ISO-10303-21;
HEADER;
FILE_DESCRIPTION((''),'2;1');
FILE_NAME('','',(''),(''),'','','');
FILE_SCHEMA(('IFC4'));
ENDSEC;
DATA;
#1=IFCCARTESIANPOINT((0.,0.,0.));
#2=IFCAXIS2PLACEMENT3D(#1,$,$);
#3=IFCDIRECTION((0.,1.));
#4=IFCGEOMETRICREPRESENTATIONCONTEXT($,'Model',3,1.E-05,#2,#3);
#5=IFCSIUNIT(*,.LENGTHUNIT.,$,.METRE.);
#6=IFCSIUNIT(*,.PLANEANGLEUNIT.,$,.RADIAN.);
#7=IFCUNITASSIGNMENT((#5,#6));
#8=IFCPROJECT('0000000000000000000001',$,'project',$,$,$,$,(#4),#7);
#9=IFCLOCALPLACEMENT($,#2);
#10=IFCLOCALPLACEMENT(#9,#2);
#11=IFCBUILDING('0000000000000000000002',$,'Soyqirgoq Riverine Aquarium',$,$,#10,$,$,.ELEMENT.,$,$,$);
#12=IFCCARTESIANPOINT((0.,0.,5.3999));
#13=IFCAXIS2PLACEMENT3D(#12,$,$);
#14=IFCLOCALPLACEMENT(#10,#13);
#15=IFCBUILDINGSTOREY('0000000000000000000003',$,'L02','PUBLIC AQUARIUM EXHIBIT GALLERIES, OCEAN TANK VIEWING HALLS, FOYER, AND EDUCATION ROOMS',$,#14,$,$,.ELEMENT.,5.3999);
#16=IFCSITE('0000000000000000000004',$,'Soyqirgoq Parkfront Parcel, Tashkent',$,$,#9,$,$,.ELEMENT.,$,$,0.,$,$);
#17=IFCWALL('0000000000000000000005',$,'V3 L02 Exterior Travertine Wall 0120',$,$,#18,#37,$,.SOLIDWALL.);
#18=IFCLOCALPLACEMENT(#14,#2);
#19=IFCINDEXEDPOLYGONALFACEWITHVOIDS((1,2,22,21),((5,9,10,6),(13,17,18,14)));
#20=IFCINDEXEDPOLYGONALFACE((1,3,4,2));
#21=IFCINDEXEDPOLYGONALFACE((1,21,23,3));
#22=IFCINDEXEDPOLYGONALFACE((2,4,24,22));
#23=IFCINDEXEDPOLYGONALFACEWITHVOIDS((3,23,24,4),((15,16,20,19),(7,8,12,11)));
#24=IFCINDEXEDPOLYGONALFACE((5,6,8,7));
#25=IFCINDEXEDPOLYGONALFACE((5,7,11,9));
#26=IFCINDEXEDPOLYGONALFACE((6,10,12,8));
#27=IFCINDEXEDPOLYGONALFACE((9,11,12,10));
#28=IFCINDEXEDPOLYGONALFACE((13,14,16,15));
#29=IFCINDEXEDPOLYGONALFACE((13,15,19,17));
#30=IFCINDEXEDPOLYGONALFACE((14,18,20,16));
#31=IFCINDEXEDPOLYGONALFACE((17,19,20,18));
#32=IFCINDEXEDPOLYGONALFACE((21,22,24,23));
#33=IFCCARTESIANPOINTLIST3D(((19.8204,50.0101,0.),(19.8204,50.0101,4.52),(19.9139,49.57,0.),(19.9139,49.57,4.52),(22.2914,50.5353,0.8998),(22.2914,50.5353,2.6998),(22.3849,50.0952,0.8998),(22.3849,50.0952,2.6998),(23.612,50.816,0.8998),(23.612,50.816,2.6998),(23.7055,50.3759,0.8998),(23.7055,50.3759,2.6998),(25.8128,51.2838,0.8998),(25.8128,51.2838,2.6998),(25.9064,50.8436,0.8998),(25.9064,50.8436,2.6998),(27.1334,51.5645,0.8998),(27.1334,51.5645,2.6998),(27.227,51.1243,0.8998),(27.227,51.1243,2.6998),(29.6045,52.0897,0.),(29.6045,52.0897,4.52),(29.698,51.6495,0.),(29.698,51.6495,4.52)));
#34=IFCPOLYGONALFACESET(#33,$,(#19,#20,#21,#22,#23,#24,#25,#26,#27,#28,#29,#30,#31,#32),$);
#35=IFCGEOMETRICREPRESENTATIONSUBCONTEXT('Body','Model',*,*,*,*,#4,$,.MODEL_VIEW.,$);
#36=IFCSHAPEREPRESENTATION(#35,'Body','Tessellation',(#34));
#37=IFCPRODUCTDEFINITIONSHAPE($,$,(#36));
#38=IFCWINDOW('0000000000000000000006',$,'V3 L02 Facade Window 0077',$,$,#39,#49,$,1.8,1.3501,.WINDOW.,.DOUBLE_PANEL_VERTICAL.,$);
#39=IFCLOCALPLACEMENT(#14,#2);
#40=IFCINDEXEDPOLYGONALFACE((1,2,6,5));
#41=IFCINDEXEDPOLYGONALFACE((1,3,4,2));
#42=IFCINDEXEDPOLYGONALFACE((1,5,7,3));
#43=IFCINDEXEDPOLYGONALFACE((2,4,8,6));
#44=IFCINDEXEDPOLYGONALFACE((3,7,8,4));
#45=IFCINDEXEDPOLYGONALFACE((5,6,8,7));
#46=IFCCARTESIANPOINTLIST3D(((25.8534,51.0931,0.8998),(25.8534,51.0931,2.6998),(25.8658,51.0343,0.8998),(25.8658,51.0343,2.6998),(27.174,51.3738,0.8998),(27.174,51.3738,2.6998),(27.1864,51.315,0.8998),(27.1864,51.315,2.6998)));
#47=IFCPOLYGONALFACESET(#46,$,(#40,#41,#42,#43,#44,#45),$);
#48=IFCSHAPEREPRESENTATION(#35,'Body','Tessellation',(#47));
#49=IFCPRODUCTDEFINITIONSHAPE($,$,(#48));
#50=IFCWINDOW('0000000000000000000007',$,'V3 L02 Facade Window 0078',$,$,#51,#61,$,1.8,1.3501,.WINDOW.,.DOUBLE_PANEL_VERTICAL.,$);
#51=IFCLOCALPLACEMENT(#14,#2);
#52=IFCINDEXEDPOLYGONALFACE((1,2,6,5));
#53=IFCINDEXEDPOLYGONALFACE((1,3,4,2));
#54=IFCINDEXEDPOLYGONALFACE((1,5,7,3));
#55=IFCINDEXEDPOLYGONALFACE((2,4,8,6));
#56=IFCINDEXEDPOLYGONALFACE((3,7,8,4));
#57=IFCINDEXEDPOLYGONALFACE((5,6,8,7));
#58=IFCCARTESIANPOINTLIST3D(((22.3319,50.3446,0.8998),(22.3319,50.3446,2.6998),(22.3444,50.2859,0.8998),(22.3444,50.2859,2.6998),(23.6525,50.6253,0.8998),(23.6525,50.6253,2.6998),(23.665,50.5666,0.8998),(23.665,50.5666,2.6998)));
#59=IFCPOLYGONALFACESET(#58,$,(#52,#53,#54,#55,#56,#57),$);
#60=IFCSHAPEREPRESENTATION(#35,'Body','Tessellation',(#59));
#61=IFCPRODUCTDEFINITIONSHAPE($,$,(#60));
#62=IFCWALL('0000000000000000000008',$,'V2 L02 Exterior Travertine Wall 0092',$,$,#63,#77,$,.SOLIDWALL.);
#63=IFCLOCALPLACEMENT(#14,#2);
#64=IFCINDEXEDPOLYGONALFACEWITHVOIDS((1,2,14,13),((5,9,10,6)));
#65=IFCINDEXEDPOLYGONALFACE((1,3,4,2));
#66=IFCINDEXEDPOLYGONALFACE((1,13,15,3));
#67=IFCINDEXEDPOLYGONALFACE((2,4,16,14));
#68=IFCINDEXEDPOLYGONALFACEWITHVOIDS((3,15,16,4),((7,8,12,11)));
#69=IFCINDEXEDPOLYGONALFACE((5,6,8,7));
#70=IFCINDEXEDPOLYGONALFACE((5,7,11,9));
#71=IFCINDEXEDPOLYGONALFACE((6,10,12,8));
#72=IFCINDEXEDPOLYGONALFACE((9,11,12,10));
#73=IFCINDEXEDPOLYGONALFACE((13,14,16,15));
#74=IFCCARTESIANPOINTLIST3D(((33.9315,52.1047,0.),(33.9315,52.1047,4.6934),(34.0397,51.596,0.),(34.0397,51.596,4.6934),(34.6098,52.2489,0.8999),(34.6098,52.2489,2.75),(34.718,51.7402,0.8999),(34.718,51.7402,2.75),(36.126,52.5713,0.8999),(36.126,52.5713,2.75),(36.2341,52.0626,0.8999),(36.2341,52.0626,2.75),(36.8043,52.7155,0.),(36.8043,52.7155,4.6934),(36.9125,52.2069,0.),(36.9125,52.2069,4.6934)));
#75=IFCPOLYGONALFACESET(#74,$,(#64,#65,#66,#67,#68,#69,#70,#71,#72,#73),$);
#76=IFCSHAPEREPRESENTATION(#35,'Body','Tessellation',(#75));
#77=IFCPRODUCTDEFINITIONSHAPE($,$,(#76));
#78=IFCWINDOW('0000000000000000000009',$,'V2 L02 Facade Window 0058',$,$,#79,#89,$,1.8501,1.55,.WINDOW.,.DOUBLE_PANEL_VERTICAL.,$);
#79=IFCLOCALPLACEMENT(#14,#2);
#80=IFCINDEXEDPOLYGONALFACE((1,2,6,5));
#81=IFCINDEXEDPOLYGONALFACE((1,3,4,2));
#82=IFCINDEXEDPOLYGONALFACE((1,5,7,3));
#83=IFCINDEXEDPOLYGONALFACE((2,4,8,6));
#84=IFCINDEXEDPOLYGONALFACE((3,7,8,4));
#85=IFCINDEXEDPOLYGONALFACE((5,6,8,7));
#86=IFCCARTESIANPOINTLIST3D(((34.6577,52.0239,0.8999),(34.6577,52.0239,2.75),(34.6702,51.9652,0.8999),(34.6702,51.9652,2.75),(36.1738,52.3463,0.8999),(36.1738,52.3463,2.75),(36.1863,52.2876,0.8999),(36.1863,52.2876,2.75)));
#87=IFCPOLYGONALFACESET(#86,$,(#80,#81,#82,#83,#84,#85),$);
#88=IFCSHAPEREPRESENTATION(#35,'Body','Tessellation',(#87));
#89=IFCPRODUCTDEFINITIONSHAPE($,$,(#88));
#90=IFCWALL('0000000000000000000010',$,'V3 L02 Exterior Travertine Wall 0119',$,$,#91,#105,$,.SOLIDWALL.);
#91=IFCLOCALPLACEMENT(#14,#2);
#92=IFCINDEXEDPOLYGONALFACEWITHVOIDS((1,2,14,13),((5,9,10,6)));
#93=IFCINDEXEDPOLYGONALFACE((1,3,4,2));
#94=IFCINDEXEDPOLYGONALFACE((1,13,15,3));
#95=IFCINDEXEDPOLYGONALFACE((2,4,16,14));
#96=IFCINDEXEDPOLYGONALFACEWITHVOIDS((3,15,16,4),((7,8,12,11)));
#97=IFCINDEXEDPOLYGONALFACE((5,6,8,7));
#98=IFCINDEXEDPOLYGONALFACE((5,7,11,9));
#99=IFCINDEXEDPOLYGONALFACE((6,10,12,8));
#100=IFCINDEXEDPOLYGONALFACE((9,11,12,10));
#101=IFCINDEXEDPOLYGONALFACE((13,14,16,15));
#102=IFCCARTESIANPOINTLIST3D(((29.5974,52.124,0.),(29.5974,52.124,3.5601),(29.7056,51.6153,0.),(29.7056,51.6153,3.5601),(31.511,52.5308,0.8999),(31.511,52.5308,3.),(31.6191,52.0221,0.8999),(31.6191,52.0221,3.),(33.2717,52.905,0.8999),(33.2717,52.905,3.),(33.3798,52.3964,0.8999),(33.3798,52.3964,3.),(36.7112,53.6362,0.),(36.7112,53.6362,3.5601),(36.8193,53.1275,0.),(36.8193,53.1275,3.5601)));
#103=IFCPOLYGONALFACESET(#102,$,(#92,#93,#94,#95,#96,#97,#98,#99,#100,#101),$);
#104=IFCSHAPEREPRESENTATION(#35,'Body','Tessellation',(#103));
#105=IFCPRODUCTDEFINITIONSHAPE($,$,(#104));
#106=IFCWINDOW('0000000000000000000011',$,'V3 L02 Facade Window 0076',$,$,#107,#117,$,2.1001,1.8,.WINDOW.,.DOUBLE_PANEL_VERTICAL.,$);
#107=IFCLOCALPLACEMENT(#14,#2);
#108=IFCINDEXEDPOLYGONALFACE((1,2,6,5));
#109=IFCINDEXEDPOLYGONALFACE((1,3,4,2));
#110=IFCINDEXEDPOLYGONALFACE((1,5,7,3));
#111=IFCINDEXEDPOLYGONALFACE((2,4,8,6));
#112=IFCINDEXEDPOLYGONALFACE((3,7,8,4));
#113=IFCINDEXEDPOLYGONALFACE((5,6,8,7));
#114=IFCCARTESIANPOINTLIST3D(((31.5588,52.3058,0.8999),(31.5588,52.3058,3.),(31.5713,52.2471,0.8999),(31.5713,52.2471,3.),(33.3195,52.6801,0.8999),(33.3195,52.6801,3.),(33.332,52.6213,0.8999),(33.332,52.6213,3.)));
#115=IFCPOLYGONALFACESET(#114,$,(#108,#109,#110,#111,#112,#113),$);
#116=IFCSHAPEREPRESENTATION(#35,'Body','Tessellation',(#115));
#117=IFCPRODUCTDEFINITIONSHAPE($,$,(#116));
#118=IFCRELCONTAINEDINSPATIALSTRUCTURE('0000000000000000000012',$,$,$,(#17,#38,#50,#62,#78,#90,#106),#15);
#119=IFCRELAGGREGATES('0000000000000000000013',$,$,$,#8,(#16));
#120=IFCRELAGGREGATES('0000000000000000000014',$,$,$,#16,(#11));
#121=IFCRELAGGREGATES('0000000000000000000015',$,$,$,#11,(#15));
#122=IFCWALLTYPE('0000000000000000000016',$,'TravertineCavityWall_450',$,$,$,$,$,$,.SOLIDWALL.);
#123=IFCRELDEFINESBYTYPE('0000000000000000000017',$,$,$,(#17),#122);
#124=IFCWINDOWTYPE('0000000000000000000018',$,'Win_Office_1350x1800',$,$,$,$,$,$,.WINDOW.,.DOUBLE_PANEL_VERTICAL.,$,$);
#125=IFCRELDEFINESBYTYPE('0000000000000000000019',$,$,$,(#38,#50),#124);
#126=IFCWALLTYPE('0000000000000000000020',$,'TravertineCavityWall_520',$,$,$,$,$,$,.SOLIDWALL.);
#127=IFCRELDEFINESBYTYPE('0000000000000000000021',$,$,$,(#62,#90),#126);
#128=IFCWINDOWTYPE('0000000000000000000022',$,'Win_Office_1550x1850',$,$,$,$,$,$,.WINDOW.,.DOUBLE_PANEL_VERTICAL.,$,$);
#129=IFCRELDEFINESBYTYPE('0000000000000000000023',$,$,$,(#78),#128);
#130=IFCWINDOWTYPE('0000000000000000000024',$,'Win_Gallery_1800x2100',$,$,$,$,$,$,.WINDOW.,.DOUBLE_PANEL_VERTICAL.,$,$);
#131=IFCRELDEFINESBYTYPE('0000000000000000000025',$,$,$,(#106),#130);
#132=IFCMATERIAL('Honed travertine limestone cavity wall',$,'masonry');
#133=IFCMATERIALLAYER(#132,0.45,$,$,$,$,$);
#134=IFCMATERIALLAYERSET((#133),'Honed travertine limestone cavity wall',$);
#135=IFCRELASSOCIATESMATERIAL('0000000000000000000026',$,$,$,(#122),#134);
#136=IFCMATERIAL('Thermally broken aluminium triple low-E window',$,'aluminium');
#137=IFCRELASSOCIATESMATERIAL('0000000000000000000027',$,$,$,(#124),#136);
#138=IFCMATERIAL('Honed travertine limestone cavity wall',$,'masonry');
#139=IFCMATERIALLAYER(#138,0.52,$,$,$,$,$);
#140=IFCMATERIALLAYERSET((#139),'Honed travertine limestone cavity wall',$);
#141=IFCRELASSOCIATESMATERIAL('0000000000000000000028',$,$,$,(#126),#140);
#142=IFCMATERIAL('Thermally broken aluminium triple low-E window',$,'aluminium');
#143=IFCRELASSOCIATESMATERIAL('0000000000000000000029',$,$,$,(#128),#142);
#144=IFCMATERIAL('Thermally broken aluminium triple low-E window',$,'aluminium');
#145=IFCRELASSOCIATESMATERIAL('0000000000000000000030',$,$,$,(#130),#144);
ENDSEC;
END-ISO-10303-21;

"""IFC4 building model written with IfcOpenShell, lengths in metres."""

from ifc_helpers import new_model, si_unit, direction, frame, frame_2d, origin, place, context, subcontext, project, spatial, rectangle, extrude, material, layer, layer_set, type_object, element, fill, save


model = new_model("IFC4")

# Units and contexts
model_context = context("Model", 3, precision=1e-05, world=origin(), true_north=direction((0.0, 1.0)))
body_context = subcontext(model_context, "Body", "Model", "MODEL_VIEW")
ifc_project = project(units=[si_unit("LENGTHUNIT", "METRE"), si_unit("PLANEANGLEUNIT", "RADIAN")], contexts=[model_context])

# Site, building, storey
site_placement = place(None, origin())
site = spatial("IfcSite", under=ifc_project, at=site_placement, Name="Soyqirgoq Parkfront Parcel, Tashkent", CompositionType="ELEMENT", RefElevation=0.0)
building_placement = place(site_placement, origin())
building = spatial("IfcBuilding", under=site, at=building_placement, Name="Soyqirgoq Riverine Aquarium", CompositionType="ELEMENT")
storey_placement = place(building_placement, frame((0.0, 0.0, 5.3999)))
storey = spatial("IfcBuildingStorey", under=building, at=storey_placement, Name="L02", Description="PUBLIC AQUARIUM EXHIBIT GALLERIES, OCEAN TANK VIEWING HALLS, FOYER, AND EDUCATION ROOMS", CompositionType="ELEMENT", Elevation=5.3999)

# Wall, openings, windows
ifc_material_1 = material(Name="Honed travertine limestone cavity wall", Category="masonry")
ifc_layer_1 = layer(ifc_material_1, 0.45)
ifc_layer_set_1 = layer_set([ifc_layer_1], Name="Honed travertine limestone cavity wall")
wall_type_1 = type_object("IfcWallType", Name="TravertineCavityWall_450", PredefinedType="SOLIDWALL", material=ifc_layer_set_1)
wall_1_placement = place(storey_placement, frame((29.6514, 51.8696, 0.0), z_axis=(0.0, 0.0, 1.0), x_axis=(-0.97815, -0.207902, 0.0)))
wall_1 = element("IfcWall", 1, at=wall_1_placement, inside=storey, type_object=wall_type_1, Name="V3 L02 Exterior Travertine Wall 0120", PredefinedType="SOLIDWALL", context=body_context, shape_type="SweptSolid", body=[
    extrude(rectangle(XDim=10.0027, YDim=0.45, at=frame_2d((5.0015, 0.0))), origin(), (0.0, 0.0, 1.0), 4.52),
])
opening_1_placement = place(wall_1_placement, frame((2.5264, 0.0, 0.8999)))
opening_1 = element("IfcOpeningElement", 2, at=opening_1_placement, cuts=wall_1, PredefinedType="OPENING", context=body_context, shape_type="SweptSolid", body=[
    extrude(rectangle(XDim=1.3501, YDim=1.8, at=frame_2d((0.675, 0.8999))), frame((0.0, 0.2349, 0.0), z_axis=(0.0, -1.0, 0.0), x_axis=(1.0, 0.0, 0.0)), (0.0, 0.0, 1.0), 0.47),
])
opening_2_placement = place(wall_1_placement, frame((6.1265, 0.0, 0.8999)))
opening_2 = element("IfcOpeningElement", 3, at=opening_2_placement, cuts=wall_1, PredefinedType="OPENING", context=body_context, shape_type="SweptSolid", body=[
    extrude(rectangle(XDim=1.3501, YDim=1.8, at=frame_2d((0.675, 0.8999))), frame((0.0, 0.2349, 0.0), z_axis=(0.0, -1.0, 0.0), x_axis=(1.0, 0.0, 0.0)), (0.0, 0.0, 1.0), 0.47),
])
ifc_material_2 = material(Name="Thermally broken aluminium triple low-E window", Category="aluminium")
window_type_1 = type_object("IfcWindowType", Name="Win_Office_1350x1800", PartitioningType="DOUBLE_PANEL_VERTICAL", PredefinedType="WINDOW", material=ifc_material_2)
window_1_placement = place(opening_1_placement, origin())
window_1 = element("IfcWindow", 4, at=window_1_placement, inside=storey, type_object=window_type_1, Name="V3 L02 Facade Window 0077", OverallHeight=1.8, OverallWidth=1.3501, PartitioningType="DOUBLE_PANEL_VERTICAL", PredefinedType="WINDOW", context=body_context, shape_type="SweptSolid", body=[
    extrude(rectangle(XDim=1.3501, YDim=1.8, at=frame_2d((0.675, 0.8999))), frame((0.0, 0.03, 0.0), z_axis=(0.0, -1.0, 0.0), x_axis=(1.0, 0.0, 0.0)), (0.0, 0.0, 1.0), 0.0601),
])
fill(opening_1, window_1)
window_2_placement = place(opening_2_placement, origin())
window_2 = element("IfcWindow", 5, at=window_2_placement, inside=storey, type_object=window_type_1, Name="V3 L02 Facade Window 0078", OverallHeight=1.8, OverallWidth=1.3501, PartitioningType="DOUBLE_PANEL_VERTICAL", PredefinedType="WINDOW", context=body_context, shape_type="SweptSolid", body=[
    extrude(rectangle(XDim=1.3501, YDim=1.8, at=frame_2d((0.675, 0.8999))), frame((0.0, 0.03, 0.0), z_axis=(0.0, -1.0, 0.0), x_axis=(1.0, 0.0, 0.0)), (0.0, 0.0, 1.0), 0.0601),
])
fill(opening_2, window_2)

# Walls, openings, windows
ifc_material_3 = material(Name="Honed travertine limestone cavity wall", Category="masonry")
ifc_layer_2 = layer(ifc_material_3, 0.52)
ifc_layer_set_2 = layer_set([ifc_layer_2], Name="Honed travertine limestone cavity wall")
wall_type_2 = type_object("IfcWallType", Name="TravertineCavityWall_520", PredefinedType="SOLIDWALL", material=ifc_layer_set_2)
wall_2_placement = place(storey_placement, frame((33.9856, 51.8503, 0.0), z_axis=(0.0, 0.0, 1.0), x_axis=(0.978133, 0.207979, 0.0)))
wall_2 = element("IfcWall", 6, at=wall_2_placement, inside=storey, type_object=wall_type_2, Name="V2 L02 Exterior Travertine Wall 0092", PredefinedType="SOLIDWALL", context=body_context, shape_type="SweptSolid", body=[
    extrude(rectangle(XDim=2.937, YDim=0.52, at=frame_2d((1.4685, 0.0))), origin(), (0.0, 0.0, 1.0), 4.6934),
])
opening_3_placement = place(wall_2_placement, frame((0.6936, 0.0, 0.8999)))
opening_3 = element("IfcOpeningElement", 7, at=opening_3_placement, cuts=wall_2, PredefinedType="OPENING", context=body_context, shape_type="SweptSolid", body=[
    extrude(rectangle(XDim=1.55, YDim=1.8501, at=frame_2d((0.7749, 0.925))), frame((0.0, 0.27, 0.0), z_axis=(0.0, -1.0, 0.0), x_axis=(1.0, 0.0, 0.0)), (0.0, 0.0, 1.0), 0.54),
])
ifc_material_4 = material(Name="Thermally broken aluminium triple low-E window", Category="aluminium")
window_type_2 = type_object("IfcWindowType", Name="Win_Office_1550x1850", PartitioningType="DOUBLE_PANEL_VERTICAL", PredefinedType="WINDOW", material=ifc_material_4)
window_3_placement = place(opening_3_placement, origin())
window_3 = element("IfcWindow", 8, at=window_3_placement, inside=storey, type_object=window_type_2, Name="V2 L02 Facade Window 0058", OverallHeight=1.8501, OverallWidth=1.55, PartitioningType="DOUBLE_PANEL_VERTICAL", PredefinedType="WINDOW", context=body_context, shape_type="SweptSolid", body=[
    extrude(rectangle(XDim=1.55, YDim=1.8501, at=frame_2d((0.7749, 0.925))), frame((0.0, 0.03, 0.0), z_axis=(0.0, -1.0, 0.0), x_axis=(1.0, 0.0, 0.0)), (0.0, 0.0, 1.0), 0.0601),
])
fill(opening_3, window_3)
wall_3_placement = place(storey_placement, frame((36.7651, 53.3818, 0.0), z_axis=(0.0, 0.0, 1.0), x_axis=(-0.978144, -0.207929, 0.0)))
wall_3 = element("IfcWall", 9, at=wall_3_placement, inside=storey, type_object=wall_type_2, Name="V3 L02 Exterior Travertine Wall 0119", PredefinedType="SOLIDWALL", context=body_context, shape_type="SweptSolid", body=[
    extrude(rectangle(XDim=7.2727, YDim=0.52, at=frame_2d((3.6362, 0.0))), origin(), (0.0, 0.0, 1.0), 3.5601),
])
opening_4_placement = place(wall_3_placement, frame((3.5164, 0.0, 0.8999)))
opening_4 = element("IfcOpeningElement", 10, at=opening_4_placement, cuts=wall_3, PredefinedType="OPENING", context=body_context, shape_type="SweptSolid", body=[
    extrude(rectangle(XDim=1.8, YDim=2.1001, at=frame_2d((0.8999, 1.05))), frame((0.0, 0.27, 0.0), z_axis=(0.0, -1.0, 0.0), x_axis=(1.0, 0.0, 0.0)), (0.0, 0.0, 1.0), 0.54),
])
ifc_material_5 = material(Name="Thermally broken aluminium triple low-E window", Category="aluminium")
window_type_3 = type_object("IfcWindowType", Name="Win_Gallery_1800x2100", PartitioningType="DOUBLE_PANEL_VERTICAL", PredefinedType="WINDOW", material=ifc_material_5)
window_4_placement = place(opening_4_placement, origin())
window_4 = element("IfcWindow", 11, at=window_4_placement, inside=storey, type_object=window_type_3, Name="V3 L02 Facade Window 0076", OverallHeight=2.1001, OverallWidth=1.8, PartitioningType="DOUBLE_PANEL_VERTICAL", PredefinedType="WINDOW", context=body_context, shape_type="SweptSolid", body=[
    extrude(rectangle(XDim=1.8, YDim=2.1001, at=frame_2d((0.8999, 1.05))), frame((0.0, 0.03, 0.0), z_axis=(0.0, -1.0, 0.0), x_axis=(1.0, 0.0, 0.0)), (0.0, 0.0, 1.0), 0.0601),
])
fill(opening_4, window_4)

save(model, "model.ifc")
